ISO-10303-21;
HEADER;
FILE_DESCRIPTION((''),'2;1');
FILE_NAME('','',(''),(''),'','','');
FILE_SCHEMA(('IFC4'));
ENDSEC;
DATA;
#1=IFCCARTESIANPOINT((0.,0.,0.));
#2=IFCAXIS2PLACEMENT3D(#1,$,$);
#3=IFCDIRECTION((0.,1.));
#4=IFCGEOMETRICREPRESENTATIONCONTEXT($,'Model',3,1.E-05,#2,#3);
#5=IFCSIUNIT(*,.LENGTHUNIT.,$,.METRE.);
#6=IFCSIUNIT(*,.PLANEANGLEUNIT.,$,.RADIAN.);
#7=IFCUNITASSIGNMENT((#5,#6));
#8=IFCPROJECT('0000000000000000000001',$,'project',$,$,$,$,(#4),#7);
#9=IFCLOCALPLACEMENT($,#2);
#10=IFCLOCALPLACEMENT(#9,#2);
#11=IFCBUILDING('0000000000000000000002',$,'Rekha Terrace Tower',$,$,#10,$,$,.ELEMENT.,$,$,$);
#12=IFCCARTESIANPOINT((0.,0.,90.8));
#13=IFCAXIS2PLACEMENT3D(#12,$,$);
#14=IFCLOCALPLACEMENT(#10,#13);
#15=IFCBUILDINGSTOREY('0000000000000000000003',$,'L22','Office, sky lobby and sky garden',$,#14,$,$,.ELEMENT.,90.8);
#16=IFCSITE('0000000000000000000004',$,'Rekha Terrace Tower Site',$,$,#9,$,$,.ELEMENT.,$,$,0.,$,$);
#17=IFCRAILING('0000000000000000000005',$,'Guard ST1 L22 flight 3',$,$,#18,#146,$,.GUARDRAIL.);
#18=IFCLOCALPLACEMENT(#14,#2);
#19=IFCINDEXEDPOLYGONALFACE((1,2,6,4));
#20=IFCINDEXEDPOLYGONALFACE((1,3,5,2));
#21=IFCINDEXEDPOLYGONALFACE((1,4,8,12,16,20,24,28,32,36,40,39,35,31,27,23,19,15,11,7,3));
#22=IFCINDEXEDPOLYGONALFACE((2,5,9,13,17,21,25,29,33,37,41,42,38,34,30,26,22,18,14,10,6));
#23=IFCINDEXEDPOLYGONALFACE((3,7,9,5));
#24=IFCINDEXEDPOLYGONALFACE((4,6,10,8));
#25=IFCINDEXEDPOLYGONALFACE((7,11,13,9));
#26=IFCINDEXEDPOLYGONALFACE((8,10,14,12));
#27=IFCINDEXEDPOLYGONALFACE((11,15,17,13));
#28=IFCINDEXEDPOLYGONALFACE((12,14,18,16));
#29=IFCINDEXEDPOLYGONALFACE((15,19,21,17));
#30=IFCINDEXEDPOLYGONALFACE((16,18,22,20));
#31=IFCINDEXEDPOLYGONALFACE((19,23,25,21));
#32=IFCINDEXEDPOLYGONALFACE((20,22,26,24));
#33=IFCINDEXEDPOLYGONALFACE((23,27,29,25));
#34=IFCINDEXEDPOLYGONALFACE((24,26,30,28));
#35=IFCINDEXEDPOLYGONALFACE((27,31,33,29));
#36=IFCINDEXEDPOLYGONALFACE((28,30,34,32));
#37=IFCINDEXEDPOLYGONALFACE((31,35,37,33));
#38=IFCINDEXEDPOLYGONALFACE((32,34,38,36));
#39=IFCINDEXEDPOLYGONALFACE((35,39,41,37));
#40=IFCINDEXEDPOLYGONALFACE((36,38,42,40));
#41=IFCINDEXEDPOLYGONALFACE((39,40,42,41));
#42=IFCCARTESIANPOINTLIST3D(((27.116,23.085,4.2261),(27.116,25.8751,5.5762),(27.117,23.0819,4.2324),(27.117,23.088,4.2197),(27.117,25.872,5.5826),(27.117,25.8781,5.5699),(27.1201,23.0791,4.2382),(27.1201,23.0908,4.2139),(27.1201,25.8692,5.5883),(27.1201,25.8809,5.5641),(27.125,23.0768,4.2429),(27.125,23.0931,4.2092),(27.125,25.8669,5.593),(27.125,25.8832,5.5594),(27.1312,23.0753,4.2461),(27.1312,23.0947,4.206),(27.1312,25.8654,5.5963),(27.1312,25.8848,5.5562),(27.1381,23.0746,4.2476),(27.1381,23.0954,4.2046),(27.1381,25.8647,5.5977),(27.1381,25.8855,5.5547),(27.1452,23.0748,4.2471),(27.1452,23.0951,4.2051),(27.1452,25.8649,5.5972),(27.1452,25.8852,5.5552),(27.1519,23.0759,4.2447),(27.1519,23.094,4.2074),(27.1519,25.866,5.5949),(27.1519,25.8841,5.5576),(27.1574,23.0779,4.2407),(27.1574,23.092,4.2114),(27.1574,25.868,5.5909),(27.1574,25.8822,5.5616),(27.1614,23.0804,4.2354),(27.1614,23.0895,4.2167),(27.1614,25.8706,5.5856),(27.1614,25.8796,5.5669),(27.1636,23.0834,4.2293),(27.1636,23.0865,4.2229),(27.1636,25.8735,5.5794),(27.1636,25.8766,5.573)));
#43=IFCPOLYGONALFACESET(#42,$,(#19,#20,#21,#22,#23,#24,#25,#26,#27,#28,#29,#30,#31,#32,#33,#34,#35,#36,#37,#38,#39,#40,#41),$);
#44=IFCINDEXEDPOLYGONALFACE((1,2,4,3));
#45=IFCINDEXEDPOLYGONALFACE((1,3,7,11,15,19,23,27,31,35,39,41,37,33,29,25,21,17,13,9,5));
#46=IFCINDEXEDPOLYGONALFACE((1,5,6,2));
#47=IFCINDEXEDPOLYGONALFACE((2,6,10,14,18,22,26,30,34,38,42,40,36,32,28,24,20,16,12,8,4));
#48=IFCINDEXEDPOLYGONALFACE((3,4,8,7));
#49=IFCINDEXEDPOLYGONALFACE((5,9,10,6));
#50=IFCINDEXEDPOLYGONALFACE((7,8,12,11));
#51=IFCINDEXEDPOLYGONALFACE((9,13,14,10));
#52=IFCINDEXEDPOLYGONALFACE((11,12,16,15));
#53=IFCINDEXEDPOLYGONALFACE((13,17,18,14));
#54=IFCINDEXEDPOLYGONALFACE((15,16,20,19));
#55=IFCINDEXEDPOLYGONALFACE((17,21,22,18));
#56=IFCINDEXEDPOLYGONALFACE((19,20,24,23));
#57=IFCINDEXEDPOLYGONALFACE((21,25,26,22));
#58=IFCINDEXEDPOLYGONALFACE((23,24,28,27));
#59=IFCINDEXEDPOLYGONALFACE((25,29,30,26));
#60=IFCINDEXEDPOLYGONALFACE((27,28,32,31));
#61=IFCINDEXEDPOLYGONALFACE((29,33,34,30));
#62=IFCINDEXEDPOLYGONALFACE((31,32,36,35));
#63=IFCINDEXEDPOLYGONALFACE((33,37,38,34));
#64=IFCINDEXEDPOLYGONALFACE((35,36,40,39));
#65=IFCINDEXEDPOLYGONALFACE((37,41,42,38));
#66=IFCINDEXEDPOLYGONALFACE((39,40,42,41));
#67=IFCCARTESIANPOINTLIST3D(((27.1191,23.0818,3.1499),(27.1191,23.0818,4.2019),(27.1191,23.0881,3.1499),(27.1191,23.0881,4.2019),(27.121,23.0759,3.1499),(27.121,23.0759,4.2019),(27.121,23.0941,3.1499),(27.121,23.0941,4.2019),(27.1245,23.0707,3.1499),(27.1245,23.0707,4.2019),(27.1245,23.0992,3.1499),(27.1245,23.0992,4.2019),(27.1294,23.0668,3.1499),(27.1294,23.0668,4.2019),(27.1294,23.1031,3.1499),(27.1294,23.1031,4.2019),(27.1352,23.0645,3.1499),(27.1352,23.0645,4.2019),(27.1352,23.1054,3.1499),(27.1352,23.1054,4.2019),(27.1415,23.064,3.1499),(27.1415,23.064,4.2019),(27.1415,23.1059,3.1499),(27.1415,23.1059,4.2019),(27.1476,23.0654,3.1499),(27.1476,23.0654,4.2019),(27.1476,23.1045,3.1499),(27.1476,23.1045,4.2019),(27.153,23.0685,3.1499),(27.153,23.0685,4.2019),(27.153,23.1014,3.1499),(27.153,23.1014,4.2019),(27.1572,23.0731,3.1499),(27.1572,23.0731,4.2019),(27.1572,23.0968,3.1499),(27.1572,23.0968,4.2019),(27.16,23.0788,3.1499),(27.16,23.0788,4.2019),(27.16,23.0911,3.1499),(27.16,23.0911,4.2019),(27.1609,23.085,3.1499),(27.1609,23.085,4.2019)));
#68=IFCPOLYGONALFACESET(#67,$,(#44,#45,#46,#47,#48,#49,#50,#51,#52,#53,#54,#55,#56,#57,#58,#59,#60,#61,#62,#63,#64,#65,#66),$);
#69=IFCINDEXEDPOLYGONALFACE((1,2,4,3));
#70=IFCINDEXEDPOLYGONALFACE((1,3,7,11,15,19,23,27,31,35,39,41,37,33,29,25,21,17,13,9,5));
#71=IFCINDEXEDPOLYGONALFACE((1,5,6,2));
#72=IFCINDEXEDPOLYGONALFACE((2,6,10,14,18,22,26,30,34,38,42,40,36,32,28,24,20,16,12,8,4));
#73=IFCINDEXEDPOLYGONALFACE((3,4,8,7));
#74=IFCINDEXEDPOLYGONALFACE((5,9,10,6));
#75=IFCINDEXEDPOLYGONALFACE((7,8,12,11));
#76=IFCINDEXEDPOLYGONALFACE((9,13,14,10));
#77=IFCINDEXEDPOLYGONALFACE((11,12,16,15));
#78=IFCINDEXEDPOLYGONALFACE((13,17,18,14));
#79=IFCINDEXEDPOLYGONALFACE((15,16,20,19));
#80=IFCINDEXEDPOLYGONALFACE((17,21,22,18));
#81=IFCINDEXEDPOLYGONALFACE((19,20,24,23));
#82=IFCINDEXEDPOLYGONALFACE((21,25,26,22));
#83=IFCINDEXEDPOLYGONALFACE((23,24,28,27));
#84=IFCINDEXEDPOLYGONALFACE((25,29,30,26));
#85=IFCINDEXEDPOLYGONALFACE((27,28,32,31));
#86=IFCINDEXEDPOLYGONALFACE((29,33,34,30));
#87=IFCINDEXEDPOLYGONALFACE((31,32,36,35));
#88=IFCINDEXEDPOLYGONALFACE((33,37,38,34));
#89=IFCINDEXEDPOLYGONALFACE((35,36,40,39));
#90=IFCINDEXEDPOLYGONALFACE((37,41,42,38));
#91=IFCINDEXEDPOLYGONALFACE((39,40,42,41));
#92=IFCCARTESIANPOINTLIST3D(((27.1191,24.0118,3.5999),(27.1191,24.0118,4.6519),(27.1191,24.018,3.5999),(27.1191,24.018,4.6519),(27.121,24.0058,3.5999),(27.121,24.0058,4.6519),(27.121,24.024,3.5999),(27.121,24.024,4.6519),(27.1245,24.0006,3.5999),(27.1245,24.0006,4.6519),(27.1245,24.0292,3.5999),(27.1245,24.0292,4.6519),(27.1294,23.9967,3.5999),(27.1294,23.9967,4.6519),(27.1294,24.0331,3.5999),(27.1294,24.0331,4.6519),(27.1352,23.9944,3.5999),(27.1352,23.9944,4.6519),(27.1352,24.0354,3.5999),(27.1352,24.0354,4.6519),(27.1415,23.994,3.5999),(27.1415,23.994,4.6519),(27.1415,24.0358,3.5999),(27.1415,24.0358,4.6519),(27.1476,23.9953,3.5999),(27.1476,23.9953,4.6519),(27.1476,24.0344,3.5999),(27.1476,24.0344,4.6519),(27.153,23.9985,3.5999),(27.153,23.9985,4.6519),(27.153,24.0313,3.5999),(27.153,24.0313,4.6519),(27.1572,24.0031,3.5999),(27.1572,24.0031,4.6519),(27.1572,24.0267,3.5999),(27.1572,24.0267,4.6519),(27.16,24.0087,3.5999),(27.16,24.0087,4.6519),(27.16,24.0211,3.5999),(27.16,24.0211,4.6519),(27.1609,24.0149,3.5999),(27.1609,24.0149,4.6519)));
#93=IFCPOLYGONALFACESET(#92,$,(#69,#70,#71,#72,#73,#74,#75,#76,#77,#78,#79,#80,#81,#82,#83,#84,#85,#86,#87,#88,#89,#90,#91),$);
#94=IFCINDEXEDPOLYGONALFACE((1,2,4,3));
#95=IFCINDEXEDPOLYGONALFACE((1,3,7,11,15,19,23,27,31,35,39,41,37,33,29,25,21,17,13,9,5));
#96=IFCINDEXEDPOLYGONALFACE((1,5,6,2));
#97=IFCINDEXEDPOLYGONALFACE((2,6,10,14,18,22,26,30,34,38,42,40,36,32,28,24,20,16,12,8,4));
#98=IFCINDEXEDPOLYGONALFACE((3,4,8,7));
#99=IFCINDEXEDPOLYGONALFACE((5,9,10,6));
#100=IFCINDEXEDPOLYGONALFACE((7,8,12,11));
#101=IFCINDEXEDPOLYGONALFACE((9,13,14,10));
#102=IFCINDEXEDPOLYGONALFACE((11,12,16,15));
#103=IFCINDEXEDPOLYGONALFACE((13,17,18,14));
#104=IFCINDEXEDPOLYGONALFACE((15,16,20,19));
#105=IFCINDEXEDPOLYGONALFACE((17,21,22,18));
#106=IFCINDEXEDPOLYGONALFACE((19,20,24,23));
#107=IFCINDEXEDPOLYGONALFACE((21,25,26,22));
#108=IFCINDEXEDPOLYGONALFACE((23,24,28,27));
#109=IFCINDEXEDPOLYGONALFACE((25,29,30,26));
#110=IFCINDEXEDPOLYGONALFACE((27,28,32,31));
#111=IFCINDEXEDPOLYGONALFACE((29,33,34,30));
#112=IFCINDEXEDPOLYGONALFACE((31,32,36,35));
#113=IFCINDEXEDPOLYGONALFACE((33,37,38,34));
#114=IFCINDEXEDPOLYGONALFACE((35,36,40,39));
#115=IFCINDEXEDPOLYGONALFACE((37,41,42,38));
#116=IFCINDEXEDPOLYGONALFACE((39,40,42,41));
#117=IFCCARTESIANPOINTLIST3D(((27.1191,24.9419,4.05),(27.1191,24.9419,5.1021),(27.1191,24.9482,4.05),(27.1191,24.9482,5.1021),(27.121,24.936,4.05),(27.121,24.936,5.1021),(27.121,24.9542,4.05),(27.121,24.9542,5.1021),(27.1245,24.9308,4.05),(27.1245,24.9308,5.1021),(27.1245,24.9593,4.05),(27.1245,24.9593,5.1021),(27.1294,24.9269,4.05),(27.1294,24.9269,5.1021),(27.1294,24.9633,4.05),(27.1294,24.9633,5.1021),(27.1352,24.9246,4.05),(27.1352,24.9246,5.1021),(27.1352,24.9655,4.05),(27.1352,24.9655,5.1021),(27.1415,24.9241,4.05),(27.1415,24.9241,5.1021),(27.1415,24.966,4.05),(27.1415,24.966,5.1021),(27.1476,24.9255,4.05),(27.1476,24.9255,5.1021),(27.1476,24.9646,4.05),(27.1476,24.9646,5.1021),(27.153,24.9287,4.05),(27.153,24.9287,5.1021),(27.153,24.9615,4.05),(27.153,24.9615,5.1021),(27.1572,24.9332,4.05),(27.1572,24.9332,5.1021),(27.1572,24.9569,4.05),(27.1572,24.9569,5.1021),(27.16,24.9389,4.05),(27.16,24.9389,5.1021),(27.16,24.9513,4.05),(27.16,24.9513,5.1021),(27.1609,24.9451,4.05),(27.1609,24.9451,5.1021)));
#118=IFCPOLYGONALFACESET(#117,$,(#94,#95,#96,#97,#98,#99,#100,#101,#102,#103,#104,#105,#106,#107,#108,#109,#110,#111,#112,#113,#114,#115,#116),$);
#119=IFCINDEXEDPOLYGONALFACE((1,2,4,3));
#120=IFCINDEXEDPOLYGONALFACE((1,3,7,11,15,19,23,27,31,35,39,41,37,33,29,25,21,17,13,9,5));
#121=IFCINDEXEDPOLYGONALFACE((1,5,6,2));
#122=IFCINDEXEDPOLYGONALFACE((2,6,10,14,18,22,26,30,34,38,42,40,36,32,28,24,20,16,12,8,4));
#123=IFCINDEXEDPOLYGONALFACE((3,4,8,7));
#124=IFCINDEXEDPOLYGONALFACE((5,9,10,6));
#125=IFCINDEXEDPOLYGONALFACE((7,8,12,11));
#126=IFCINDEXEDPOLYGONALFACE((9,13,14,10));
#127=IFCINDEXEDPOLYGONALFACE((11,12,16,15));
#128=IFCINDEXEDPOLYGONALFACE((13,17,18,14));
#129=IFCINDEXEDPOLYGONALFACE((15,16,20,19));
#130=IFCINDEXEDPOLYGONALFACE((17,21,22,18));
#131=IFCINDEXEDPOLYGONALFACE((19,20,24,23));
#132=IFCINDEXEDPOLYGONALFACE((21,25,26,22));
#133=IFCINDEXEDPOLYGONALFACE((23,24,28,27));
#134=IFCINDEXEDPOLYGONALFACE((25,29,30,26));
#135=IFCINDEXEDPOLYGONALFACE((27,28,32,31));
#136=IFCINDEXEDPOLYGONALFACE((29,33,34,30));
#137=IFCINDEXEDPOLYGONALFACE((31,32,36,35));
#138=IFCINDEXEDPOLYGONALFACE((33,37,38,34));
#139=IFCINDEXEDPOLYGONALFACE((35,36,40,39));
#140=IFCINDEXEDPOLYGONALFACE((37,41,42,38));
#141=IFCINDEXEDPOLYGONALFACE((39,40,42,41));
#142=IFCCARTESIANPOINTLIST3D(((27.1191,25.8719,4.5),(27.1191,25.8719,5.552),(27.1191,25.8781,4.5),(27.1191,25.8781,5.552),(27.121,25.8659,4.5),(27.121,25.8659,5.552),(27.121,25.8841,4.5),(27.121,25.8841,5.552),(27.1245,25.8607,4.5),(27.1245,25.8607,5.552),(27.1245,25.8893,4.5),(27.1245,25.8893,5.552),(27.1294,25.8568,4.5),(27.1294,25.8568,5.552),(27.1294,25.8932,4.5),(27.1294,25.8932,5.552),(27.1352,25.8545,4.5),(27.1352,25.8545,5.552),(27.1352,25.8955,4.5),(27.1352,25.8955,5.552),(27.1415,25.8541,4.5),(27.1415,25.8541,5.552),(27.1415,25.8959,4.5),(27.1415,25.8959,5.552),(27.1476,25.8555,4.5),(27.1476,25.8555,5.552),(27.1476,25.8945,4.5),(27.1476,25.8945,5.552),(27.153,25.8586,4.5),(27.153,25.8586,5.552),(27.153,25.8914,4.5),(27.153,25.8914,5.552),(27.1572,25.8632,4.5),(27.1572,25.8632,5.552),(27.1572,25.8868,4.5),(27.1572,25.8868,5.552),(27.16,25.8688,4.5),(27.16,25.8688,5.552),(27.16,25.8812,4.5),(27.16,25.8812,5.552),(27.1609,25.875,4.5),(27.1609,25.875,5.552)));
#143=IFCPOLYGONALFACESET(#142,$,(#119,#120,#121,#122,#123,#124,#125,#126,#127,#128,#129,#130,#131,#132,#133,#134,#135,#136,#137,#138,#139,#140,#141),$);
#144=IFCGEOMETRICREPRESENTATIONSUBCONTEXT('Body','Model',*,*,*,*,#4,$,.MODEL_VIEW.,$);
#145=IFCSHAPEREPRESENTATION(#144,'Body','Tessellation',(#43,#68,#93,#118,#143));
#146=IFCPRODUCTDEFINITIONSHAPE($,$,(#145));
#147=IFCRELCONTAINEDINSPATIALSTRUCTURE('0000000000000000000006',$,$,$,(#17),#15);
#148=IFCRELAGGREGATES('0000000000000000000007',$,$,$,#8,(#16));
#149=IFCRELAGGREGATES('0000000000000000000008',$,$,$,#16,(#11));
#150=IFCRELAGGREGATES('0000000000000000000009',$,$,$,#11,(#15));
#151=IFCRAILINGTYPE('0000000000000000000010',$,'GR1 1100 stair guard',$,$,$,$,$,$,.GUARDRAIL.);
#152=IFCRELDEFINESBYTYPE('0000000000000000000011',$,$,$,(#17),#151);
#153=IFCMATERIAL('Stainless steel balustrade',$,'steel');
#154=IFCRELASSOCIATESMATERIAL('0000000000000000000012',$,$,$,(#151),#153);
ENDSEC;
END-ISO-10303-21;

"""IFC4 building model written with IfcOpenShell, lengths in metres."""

from ifc_helpers import new_model, si_unit, direction, frame, origin, origin_2d, place, context, subcontext, project, spatial, circle, extrude, material, type_object, element, save


model = new_model("IFC4")

# Units and contexts
model_context = context("Model", 3, precision=1e-05, world=origin(), true_north=direction((0.0, 1.0)))
body_context = subcontext(model_context, "Body", "Model", "MODEL_VIEW")
ifc_project = project(units=[si_unit("LENGTHUNIT", "METRE"), si_unit("PLANEANGLEUNIT", "RADIAN")], contexts=[model_context])

# Site, building, storey
site_placement = place(None, origin())
site = spatial("IfcSite", under=ifc_project, at=site_placement, Name="Rekha Terrace Tower Site", CompositionType="ELEMENT", RefElevation=0.0)
building_placement = place(site_placement, origin())
building = spatial("IfcBuilding", under=site, at=building_placement, Name="Rekha Terrace Tower", CompositionType="ELEMENT")
storey_placement = place(building_placement, frame((0.0, 0.0, 90.8)))
storey = spatial("IfcBuildingStorey", under=building, at=storey_placement, Name="L22", Description="Office, sky lobby and sky garden", CompositionType="ELEMENT", Elevation=90.8)

# Railing
ifc_material_1 = material(Name="Stainless steel balustrade", Category="steel")
railing_type_1 = type_object("IfcRailingType", Name="GR1 1100 stair guard", PredefinedType="GUARDRAIL", material=ifc_material_1)
railing_1_placement = place(storey_placement, frame((27.1399, 23.085, 3.1499)))
element("IfcRailing", 1, at=railing_1_placement, inside=storey, type_object=railing_type_1, Name="Guard ST1 L22 flight 3", PredefinedType="GUARDRAIL", context=body_context, shape_type="SweptSolid", body=[
    extrude(circle(Radius=0.0239, at=origin_2d()), frame((0.0, 0.0, 1.0762), z_axis=(0.0, 0.900149, 0.435582), x_axis=(-1.0, 0.0, 0.0)), (0.0, 0.0, 1.0), 3.0996),
    extrude(circle(Radius=0.021, at=origin_2d()), origin(), (0.0, 0.0, 1.0), 1.052),
    extrude(circle(Radius=0.021, at=origin_2d()), frame((0.0, 0.9299, 0.45)), (0.0, 0.0, 1.0), 1.052),
    extrude(circle(Radius=0.021, at=origin_2d()), frame((0.0, 1.8601, 0.9001)), (0.0, 0.0, 1.0), 1.052),
    extrude(circle(Radius=0.021, at=origin_2d()), frame((0.0, 2.79, 1.3501)), (0.0, 0.0, 1.0), 1.052),
])

save(model, "model.ifc")
